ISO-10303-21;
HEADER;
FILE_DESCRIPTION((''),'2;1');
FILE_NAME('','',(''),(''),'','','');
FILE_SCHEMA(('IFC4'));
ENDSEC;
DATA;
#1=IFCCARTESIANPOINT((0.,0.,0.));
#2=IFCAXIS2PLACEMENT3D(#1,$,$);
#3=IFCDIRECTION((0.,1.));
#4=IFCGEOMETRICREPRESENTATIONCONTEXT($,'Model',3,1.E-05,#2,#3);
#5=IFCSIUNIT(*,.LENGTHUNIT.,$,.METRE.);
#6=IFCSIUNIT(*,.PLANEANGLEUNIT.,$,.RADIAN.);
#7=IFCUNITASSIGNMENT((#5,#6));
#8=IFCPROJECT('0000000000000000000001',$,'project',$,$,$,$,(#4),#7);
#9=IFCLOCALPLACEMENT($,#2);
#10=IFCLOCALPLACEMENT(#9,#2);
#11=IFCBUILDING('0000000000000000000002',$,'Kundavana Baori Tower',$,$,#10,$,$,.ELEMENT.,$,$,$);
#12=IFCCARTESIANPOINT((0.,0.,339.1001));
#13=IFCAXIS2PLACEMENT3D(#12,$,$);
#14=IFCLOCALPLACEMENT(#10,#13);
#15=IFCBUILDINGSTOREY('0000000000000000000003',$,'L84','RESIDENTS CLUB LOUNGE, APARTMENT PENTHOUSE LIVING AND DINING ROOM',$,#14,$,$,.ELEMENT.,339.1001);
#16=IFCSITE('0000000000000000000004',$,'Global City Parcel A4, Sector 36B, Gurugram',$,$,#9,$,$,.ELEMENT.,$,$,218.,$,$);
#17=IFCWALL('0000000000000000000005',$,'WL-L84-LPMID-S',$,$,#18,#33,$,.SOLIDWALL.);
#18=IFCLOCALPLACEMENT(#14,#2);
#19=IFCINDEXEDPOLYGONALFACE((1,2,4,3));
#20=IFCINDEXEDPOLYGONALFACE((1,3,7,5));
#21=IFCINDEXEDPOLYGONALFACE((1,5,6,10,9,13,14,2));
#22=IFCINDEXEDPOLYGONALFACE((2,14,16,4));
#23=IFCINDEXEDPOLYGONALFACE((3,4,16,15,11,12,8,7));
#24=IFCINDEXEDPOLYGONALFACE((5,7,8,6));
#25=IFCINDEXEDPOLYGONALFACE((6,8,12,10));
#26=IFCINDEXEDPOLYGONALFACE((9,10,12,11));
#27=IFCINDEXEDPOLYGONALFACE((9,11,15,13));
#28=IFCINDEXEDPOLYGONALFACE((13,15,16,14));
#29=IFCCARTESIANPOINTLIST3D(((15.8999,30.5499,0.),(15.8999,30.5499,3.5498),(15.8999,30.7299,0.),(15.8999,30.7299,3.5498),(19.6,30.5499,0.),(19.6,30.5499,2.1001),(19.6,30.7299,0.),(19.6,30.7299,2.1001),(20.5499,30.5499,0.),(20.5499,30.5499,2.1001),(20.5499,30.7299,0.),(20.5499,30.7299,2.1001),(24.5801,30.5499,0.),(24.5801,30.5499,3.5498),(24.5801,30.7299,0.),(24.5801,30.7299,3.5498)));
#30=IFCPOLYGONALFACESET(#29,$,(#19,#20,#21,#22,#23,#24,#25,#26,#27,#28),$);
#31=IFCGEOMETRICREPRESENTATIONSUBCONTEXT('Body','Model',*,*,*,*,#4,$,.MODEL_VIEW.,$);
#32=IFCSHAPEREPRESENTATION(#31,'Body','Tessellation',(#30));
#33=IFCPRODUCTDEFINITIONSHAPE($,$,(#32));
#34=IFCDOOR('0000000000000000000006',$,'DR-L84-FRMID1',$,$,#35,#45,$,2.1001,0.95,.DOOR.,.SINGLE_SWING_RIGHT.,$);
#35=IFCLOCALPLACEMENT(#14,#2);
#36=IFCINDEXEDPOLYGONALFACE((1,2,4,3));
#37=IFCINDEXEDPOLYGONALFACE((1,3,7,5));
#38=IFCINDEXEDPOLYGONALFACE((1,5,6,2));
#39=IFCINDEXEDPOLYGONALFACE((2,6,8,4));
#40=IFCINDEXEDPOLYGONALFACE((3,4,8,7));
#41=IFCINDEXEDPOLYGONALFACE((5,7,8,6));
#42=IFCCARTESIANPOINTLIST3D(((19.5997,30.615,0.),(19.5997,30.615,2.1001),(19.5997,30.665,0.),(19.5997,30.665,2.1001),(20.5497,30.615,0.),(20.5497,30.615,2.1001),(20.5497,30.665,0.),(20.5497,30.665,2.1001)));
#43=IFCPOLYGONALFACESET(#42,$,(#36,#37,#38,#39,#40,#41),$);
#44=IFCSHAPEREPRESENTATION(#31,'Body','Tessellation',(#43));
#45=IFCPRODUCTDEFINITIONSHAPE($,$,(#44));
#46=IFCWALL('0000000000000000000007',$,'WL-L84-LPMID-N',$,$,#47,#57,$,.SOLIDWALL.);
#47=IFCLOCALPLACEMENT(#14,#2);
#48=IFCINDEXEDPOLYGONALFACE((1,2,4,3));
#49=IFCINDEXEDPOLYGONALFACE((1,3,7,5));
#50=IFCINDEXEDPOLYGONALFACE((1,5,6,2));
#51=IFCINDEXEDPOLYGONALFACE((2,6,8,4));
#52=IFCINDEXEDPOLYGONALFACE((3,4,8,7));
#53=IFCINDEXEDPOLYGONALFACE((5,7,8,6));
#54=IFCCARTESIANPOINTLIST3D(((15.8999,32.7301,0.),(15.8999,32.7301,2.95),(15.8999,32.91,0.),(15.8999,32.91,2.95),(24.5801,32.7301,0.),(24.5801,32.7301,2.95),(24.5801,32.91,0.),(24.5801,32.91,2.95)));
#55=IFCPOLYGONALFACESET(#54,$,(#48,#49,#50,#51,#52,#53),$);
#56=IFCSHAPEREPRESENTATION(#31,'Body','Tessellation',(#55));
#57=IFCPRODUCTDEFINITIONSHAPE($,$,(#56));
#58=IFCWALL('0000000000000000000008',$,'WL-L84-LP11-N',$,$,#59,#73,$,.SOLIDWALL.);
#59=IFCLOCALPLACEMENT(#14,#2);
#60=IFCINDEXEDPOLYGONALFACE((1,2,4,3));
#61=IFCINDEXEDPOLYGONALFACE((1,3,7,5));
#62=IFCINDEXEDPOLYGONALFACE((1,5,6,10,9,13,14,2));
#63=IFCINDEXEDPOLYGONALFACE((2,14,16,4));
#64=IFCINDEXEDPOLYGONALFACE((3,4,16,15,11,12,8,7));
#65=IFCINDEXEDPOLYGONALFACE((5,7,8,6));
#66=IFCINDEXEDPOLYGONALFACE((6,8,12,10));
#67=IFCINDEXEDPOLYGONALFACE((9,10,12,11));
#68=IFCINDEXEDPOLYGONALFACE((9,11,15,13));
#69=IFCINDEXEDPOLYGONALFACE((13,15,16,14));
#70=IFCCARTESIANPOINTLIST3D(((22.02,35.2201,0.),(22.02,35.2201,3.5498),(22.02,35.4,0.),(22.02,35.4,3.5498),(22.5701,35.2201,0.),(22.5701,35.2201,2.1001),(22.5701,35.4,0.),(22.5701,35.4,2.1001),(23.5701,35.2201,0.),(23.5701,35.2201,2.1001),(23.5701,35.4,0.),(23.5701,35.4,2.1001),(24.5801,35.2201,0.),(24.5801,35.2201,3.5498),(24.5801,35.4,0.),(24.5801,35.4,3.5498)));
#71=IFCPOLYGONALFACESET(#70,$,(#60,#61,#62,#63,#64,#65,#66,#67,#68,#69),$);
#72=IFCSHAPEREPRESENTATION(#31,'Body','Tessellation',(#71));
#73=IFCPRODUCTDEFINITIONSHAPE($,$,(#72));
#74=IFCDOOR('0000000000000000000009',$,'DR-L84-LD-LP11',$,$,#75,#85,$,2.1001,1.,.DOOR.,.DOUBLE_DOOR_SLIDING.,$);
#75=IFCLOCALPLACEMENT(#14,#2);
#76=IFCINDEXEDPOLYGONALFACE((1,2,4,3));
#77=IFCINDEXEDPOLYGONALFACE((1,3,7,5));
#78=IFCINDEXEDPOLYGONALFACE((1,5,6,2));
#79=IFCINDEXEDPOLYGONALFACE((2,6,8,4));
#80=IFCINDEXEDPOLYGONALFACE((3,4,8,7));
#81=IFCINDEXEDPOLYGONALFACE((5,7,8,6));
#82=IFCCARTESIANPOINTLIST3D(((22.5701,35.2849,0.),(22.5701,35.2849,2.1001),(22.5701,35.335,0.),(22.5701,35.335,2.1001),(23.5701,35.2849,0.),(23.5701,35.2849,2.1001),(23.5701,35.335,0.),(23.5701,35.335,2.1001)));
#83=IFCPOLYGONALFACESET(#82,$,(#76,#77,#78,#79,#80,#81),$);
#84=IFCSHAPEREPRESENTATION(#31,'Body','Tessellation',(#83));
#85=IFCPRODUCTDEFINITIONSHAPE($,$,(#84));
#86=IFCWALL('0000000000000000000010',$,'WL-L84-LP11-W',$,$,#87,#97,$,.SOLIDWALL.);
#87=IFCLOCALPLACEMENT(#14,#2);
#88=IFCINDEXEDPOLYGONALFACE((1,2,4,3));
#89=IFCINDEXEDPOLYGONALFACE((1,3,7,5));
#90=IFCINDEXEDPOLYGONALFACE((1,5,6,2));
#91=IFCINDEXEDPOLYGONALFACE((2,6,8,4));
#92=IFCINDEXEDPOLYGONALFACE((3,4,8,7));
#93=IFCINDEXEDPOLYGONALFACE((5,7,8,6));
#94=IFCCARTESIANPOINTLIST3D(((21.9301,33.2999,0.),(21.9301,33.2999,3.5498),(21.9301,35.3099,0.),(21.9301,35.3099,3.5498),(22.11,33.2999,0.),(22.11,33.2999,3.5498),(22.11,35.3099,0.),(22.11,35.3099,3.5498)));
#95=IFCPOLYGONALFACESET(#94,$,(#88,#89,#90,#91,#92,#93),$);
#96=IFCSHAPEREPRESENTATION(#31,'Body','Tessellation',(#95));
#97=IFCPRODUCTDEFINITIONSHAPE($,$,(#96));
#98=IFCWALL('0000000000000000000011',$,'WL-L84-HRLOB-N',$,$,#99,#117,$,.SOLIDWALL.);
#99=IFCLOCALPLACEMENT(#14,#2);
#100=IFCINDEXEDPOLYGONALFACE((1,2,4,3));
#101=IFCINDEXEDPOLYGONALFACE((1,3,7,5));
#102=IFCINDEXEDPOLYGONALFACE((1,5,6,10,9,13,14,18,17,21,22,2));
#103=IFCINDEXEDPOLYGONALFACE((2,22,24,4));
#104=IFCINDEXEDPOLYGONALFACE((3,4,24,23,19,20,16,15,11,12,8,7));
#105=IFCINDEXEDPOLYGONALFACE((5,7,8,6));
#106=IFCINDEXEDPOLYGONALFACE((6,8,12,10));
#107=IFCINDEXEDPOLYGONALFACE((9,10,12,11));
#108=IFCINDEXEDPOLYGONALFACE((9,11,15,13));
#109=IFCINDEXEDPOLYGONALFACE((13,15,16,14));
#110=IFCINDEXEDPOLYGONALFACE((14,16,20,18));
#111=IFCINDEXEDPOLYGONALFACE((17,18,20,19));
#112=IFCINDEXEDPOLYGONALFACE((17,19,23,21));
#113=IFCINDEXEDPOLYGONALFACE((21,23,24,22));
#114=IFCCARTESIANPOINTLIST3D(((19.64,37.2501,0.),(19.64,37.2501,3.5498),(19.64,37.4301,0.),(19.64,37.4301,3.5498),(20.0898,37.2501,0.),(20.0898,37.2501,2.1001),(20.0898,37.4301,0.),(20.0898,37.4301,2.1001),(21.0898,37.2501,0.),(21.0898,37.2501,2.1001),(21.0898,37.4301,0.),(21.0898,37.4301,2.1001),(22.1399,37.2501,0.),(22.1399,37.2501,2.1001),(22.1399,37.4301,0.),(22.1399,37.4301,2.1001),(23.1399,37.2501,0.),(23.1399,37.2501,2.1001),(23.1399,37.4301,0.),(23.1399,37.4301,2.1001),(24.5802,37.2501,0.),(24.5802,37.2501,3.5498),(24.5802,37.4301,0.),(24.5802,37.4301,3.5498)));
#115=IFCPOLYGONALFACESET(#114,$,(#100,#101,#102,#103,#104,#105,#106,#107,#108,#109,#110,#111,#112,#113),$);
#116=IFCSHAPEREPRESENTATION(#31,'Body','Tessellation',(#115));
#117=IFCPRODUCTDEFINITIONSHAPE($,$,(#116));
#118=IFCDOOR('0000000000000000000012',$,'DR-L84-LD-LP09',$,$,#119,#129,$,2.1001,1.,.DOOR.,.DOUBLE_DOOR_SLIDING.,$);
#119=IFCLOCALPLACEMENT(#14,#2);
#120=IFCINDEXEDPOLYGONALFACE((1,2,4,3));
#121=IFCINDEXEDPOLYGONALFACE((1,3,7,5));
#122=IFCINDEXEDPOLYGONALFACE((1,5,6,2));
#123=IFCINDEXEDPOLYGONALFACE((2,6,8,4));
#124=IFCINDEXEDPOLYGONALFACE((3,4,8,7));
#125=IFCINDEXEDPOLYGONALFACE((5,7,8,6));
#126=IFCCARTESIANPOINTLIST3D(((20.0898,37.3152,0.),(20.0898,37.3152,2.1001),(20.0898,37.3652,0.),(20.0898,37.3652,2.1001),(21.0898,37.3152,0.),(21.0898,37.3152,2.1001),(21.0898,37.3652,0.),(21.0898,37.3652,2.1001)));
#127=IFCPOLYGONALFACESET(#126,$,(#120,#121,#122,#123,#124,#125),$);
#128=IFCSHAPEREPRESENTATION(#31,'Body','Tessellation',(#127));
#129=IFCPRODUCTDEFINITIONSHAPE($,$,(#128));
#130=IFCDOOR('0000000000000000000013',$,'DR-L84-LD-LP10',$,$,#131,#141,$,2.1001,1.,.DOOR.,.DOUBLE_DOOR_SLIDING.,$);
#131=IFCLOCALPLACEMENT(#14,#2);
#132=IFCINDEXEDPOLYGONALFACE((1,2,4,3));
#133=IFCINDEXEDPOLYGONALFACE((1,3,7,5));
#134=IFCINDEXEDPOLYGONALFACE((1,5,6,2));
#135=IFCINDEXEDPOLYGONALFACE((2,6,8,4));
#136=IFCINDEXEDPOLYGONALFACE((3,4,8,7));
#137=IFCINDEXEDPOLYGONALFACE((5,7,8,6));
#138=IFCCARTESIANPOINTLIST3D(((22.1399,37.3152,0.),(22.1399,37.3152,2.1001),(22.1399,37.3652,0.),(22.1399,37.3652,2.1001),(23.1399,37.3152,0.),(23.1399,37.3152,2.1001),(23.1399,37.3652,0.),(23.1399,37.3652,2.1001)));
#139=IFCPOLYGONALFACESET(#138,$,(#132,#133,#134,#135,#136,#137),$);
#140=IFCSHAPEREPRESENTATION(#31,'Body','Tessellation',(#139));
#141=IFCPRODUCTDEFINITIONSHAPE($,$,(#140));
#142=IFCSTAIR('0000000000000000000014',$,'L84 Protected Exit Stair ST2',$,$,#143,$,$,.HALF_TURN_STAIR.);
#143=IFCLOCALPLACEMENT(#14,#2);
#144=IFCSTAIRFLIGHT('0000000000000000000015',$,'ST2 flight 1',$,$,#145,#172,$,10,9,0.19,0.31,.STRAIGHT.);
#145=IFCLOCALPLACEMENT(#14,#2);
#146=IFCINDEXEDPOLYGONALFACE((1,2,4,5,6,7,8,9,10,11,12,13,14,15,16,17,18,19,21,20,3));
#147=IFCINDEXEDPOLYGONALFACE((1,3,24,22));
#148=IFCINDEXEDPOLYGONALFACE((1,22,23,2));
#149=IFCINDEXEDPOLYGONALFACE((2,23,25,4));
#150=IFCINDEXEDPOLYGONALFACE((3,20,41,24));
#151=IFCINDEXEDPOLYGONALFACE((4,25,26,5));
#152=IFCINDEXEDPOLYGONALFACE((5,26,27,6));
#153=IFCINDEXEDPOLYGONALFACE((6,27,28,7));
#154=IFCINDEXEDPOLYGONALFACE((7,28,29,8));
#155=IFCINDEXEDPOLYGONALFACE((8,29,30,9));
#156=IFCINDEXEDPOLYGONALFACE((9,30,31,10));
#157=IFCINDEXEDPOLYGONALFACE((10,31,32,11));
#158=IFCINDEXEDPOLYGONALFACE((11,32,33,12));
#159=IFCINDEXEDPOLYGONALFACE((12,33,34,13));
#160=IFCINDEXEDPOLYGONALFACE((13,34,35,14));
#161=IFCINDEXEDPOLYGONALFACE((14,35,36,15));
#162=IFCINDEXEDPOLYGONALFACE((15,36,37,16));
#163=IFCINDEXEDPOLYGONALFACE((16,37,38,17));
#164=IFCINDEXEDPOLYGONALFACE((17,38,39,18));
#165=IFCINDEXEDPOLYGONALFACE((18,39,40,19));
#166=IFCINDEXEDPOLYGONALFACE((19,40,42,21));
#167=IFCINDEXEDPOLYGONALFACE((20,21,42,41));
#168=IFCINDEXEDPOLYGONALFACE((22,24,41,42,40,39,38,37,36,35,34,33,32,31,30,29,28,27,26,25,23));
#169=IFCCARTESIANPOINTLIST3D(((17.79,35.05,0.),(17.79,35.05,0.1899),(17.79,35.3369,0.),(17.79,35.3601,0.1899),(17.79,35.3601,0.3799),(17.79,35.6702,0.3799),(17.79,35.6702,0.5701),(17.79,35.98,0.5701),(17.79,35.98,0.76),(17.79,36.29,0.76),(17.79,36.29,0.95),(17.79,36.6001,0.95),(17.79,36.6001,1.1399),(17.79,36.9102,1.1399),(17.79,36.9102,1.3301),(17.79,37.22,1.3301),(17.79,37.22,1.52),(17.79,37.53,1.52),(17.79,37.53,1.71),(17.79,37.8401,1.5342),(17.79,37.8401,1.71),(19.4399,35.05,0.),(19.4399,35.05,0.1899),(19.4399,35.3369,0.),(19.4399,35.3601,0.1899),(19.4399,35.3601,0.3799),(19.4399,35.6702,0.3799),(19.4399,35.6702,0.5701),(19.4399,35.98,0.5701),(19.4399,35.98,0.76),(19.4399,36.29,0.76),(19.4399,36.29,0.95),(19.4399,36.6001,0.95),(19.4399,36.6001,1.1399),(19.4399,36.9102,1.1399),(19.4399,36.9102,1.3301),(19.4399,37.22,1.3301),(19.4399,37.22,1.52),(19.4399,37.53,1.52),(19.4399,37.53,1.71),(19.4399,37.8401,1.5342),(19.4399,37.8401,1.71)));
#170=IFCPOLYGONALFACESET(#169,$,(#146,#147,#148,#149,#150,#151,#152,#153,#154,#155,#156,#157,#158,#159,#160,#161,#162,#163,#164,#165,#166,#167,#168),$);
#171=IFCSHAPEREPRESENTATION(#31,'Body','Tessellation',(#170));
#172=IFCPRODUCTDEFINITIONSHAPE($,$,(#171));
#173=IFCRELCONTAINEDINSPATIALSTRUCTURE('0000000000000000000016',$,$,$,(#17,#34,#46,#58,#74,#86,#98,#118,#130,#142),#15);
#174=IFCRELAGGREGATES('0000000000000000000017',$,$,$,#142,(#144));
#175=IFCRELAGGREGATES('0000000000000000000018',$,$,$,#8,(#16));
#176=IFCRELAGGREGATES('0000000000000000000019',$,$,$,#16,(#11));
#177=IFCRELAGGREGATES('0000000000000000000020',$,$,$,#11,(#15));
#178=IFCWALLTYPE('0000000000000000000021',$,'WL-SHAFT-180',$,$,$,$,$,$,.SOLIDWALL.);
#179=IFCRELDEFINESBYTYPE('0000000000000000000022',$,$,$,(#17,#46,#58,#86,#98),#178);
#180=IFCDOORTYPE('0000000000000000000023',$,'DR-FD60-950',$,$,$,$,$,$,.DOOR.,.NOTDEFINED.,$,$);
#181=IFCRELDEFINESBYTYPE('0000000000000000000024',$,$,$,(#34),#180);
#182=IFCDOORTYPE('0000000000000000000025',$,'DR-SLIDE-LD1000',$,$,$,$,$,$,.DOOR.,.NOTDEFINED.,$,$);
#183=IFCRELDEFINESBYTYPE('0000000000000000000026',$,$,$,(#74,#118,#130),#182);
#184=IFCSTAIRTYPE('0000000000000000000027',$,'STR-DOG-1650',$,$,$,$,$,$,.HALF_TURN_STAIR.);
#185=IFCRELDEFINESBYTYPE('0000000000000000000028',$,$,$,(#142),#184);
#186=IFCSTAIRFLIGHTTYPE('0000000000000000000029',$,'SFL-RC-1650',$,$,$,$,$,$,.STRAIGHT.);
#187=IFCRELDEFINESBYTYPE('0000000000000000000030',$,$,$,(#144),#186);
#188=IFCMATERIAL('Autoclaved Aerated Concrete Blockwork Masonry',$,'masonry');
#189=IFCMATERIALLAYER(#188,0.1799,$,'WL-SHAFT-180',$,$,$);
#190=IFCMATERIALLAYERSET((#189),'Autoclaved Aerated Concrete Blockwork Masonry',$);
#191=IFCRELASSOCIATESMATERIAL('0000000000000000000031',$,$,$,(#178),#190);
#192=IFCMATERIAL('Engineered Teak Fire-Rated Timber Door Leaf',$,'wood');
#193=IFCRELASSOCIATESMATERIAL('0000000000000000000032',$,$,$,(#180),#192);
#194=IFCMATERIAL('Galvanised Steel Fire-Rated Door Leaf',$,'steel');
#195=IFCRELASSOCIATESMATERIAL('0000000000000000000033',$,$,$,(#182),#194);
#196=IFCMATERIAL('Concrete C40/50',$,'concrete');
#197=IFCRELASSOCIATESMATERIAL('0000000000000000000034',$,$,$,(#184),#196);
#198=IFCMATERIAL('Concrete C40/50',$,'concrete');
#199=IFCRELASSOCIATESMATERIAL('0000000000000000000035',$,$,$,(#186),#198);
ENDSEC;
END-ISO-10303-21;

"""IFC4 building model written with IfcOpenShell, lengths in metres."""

from ifc_helpers import new_model, si_unit, direction, frame, frame_2d, origin, place, context, subcontext, project, spatial, polyline, rectangle, outline, extrude, material, layer, layer_set, type_object, element, fill, aggregate, save


model = new_model("IFC4")

# Units and contexts
model_context = context("Model", 3, precision=1e-05, world=origin(), true_north=direction((0.0, 1.0)))
body_context = subcontext(model_context, "Body", "Model", "MODEL_VIEW")
ifc_project = project(units=[si_unit("LENGTHUNIT", "METRE"), si_unit("PLANEANGLEUNIT", "RADIAN")], contexts=[model_context])

# Site, building, storey
site_placement = place(None, origin())
site = spatial("IfcSite", under=ifc_project, at=site_placement, Name="Global City Parcel A4, Sector 36B, Gurugram", CompositionType="ELEMENT", RefElevation=218.0)
building_placement = place(site_placement, origin())
building = spatial("IfcBuilding", under=site, at=building_placement, Name="Kundavana Baori Tower", CompositionType="ELEMENT")
storey_placement = place(building_placement, frame((0.0, 0.0, 339.1001)))
storey = spatial("IfcBuildingStorey", under=building, at=storey_placement, Name="L84", Description="RESIDENTS CLUB LOUNGE, APARTMENT PENTHOUSE LIVING AND DINING ROOM", CompositionType="ELEMENT", Elevation=339.1001)

# Wall, opening, door
ifc_material_1 = material(Name="Autoclaved Aerated Concrete Blockwork Masonry", Category="masonry")
ifc_layer_1 = layer(ifc_material_1, 0.1799, Name="WL-SHAFT-180")
ifc_layer_set_1 = layer_set([ifc_layer_1], Name="Autoclaved Aerated Concrete Blockwork Masonry")
wall_type_1 = type_object("IfcWallType", Name="WL-SHAFT-180", PredefinedType="SOLIDWALL", material=ifc_layer_set_1)
ifc_material_2 = material(Name="Engineered Teak Fire-Rated Timber Door Leaf", Category="wood")
door_type_1 = type_object("IfcDoorType", Name="DR-FD60-950", OperationType="NOTDEFINED", PredefinedType="DOOR", material=ifc_material_2)
wall_1_placement = place(storey_placement, frame((15.8999, 30.6399, 0.0), z_axis=(0.0, 0.0, 1.0), x_axis=(1.0, 0.0, 0.0)))
wall_1 = element("IfcWall", 1, at=wall_1_placement, inside=storey, type_object=wall_type_1, Name="WL-L84-LPMID-S", PredefinedType="SOLIDWALL", context=body_context, shape_type="SweptSolid", body=[
    extrude(rectangle(XDim=8.6802, YDim=0.1799, at=frame_2d((4.3401, 0.0))), origin(), (0.0, 0.0, 1.0), 3.5498),
])
opening_1_placement = place(wall_1_placement, frame((3.7, 0.0, 0.0)))
opening_1 = element("IfcOpeningElement", 2, at=opening_1_placement, cuts=wall_1, PredefinedType="OPENING", context=body_context, shape_type="SweptSolid", body=[
    extrude(rectangle(XDim=0.95, YDim=2.1001, at=frame_2d((0.4751, 1.05))), frame((0.0, 0.1001, 0.0), z_axis=(0.0, -1.0, 0.0), x_axis=(1.0, 0.0, 0.0)), (0.0, 0.0, 1.0), 0.2),
])
door_1_placement = place(opening_1_placement, frame((0.95, 0.0, 0.0), z_axis=(0.0, 0.0, 1.0), x_axis=(-1.0, 0.0, 0.0)))
door_1 = element("IfcDoor", 3, at=door_1_placement, inside=storey, type_object=door_type_1, Name="DR-L84-FRMID1", OperationType="SINGLE_SWING_RIGHT", OverallHeight=2.1001, OverallWidth=0.95, PredefinedType="DOOR", context=body_context, shape_type="SweptSolid", body=[
    extrude(rectangle(XDim=0.95, YDim=2.1001, at=frame_2d((0.4751, 1.05))), frame((0.0, 0.0249, 0.0), z_axis=(0.0, -1.0, 0.0), x_axis=(1.0, 0.0, 0.0)), (0.0, 0.0, 1.0), 0.05),
])
fill(opening_1, door_1)

# Wall
wall_2_placement = place(storey_placement, frame((15.8999, 32.8201, 0.0), z_axis=(0.0, 0.0, 1.0), x_axis=(1.0, 0.0, 0.0)))
element("IfcWall", 4, at=wall_2_placement, inside=storey, type_object=wall_type_1, Name="WL-L84-LPMID-N", PredefinedType="SOLIDWALL", context=body_context, shape_type="SweptSolid", body=[
    extrude(rectangle(XDim=8.6802, YDim=0.1799, at=frame_2d((4.3401, 0.0))), origin(), (0.0, 0.0, 1.0), 2.95),
])

# Wall, opening, door
wall_3_placement = place(storey_placement, frame((22.02, 35.3101, 0.0), z_axis=(0.0, 0.0, 1.0), x_axis=(1.0, 0.0, 0.0)))
wall_3 = element("IfcWall", 5, at=wall_3_placement, inside=storey, type_object=wall_type_1, Name="WL-L84-LP11-N", PredefinedType="SOLIDWALL", context=body_context, shape_type="SweptSolid", body=[
    extrude(rectangle(XDim=2.5601, YDim=0.1799, at=frame_2d((1.28, 0.0))), origin(), (0.0, 0.0, 1.0), 3.5498),
])
opening_2_placement = place(wall_3_placement, frame((0.55, 0.0, 0.0)))
opening_2 = element("IfcOpeningElement", 6, at=opening_2_placement, cuts=wall_3, PredefinedType="OPENING", context=body_context, shape_type="SweptSolid", body=[
    extrude(rectangle(XDim=1.0, YDim=2.1001, at=frame_2d((0.5, 1.05))), frame((0.0, 0.1001, 0.0), z_axis=(0.0, -1.0, 0.0), x_axis=(1.0, 0.0, 0.0)), (0.0, 0.0, 1.0), 0.2),
])
ifc_material_3 = material(Name="Galvanised Steel Fire-Rated Door Leaf", Category="steel")
door_type_2 = type_object("IfcDoorType", Name="DR-SLIDE-LD1000", OperationType="NOTDEFINED", PredefinedType="DOOR", material=ifc_material_3)
door_2_placement = place(opening_2_placement, origin())
door_2 = element("IfcDoor", 7, at=door_2_placement, inside=storey, type_object=door_type_2, Name="DR-L84-LD-LP11", OperationType="DOUBLE_DOOR_SLIDING", OverallHeight=2.1001, OverallWidth=1.0, PredefinedType="DOOR", context=body_context, shape_type="SweptSolid", body=[
    extrude(rectangle(XDim=1.0, YDim=2.1001, at=frame_2d((0.5, 1.05))), frame((0.0, 0.0249, 0.0), z_axis=(0.0, -1.0, 0.0), x_axis=(1.0, 0.0, 0.0)), (0.0, 0.0, 1.0), 0.05),
])
fill(opening_2, door_2)

# Wall
wall_4_placement = place(storey_placement, frame((22.02, 33.3, 0.0), z_axis=(0.0, 0.0, 1.0), x_axis=(0.0, 1.0, 0.0)))
element("IfcWall", 8, at=wall_4_placement, inside=storey, type_object=wall_type_1, Name="WL-L84-LP11-W", PredefinedType="SOLIDWALL", context=body_context, shape_type="SweptSolid", body=[
    extrude(rectangle(XDim=2.01, YDim=0.1799, at=frame_2d((1.0049, 0.0))), origin(), (0.0, 0.0, 1.0), 3.5498),
])

# Wall, openings, doors
wall_5_placement = place(storey_placement, frame((19.6399, 37.3401, 0.0), z_axis=(0.0, 0.0, 1.0), x_axis=(1.0, 0.0, 0.0)))
wall_5 = element("IfcWall", 9, at=wall_5_placement, inside=storey, type_object=wall_type_1, Name="WL-L84-HRLOB-N", PredefinedType="SOLIDWALL", context=body_context, shape_type="SweptSolid", body=[
    extrude(rectangle(XDim=4.9402, YDim=0.1799, at=frame_2d((2.4702, 0.0))), origin(), (0.0, 0.0, 1.0), 3.5498),
])
opening_3_placement = place(wall_5_placement, frame((0.45, 0.0, 0.0)))
opening_3 = element("IfcOpeningElement", 10, at=opening_3_placement, cuts=wall_5, PredefinedType="OPENING", context=body_context, shape_type="SweptSolid", body=[
    extrude(rectangle(XDim=1.0, YDim=2.1001, at=frame_2d((0.5, 1.05))), frame((0.0, 0.1001, 0.0), z_axis=(0.0, -1.0, 0.0), x_axis=(1.0, 0.0, 0.0)), (0.0, 0.0, 1.0), 0.2),
])
opening_4_placement = place(wall_5_placement, frame((2.5, 0.0, 0.0)))
opening_4 = element("IfcOpeningElement", 11, at=opening_4_placement, cuts=wall_5, PredefinedType="OPENING", context=body_context, shape_type="SweptSolid", body=[
    extrude(rectangle(XDim=1.0, YDim=2.1001, at=frame_2d((0.5, 1.05))), frame((0.0, 0.1001, 0.0), z_axis=(0.0, -1.0, 0.0), x_axis=(1.0, 0.0, 0.0)), (0.0, 0.0, 1.0), 0.2),
])
door_3_placement = place(opening_3_placement, frame((1.0, 0.0, 0.0), z_axis=(0.0, 0.0, 1.0), x_axis=(-1.0, 0.0, 0.0)))
door_3 = element("IfcDoor", 12, at=door_3_placement, inside=storey, type_object=door_type_2, Name="DR-L84-LD-LP09", OperationType="DOUBLE_DOOR_SLIDING", OverallHeight=2.1001, OverallWidth=1.0, PredefinedType="DOOR", context=body_context, shape_type="SweptSolid", body=[
    extrude(rectangle(XDim=1.0, YDim=2.1001, at=frame_2d((0.5, 1.05))), frame((0.0, 0.0249, 0.0), z_axis=(0.0, -1.0, 0.0), x_axis=(1.0, 0.0, 0.0)), (0.0, 0.0, 1.0), 0.05),
])
fill(opening_3, door_3)
door_4_placement = place(opening_4_placement, frame((1.0, 0.0, 0.0), z_axis=(0.0, 0.0, 1.0), x_axis=(-1.0, 0.0, 0.0)))
door_4 = element("IfcDoor", 13, at=door_4_placement, inside=storey, type_object=door_type_2, Name="DR-L84-LD-LP10", OperationType="DOUBLE_DOOR_SLIDING", OverallHeight=2.1001, OverallWidth=1.0, PredefinedType="DOOR", context=body_context, shape_type="SweptSolid", body=[
    extrude(rectangle(XDim=1.0, YDim=2.1001, at=frame_2d((0.5, 1.05))), frame((0.0, 0.0249, 0.0), z_axis=(0.0, -1.0, 0.0), x_axis=(1.0, 0.0, 0.0)), (0.0, 0.0, 1.0), 0.05),
])
fill(opening_4, door_4)

# Stair, stair flight
ifc_material_4 = material(Name="Concrete C40/50", Category="concrete")
stair_type = type_object("IfcStairType", Name="STR-DOG-1650", PredefinedType="HALF_TURN_STAIR", material=ifc_material_4)
stair_placement = place(storey_placement, origin())
stair = element("IfcStair", 14, at=stair_placement, inside=storey, type_object=stair_type, Name="L84 Protected Exit Stair ST2", PredefinedType="HALF_TURN_STAIR")
ifc_material_5 = material(Name="Concrete C40/50", Category="concrete")
stair_flight_type = type_object("IfcStairFlightType", Name="SFL-RC-1650", PredefinedType="STRAIGHT", material=ifc_material_5)
stair_flight_placement = place(storey_placement, frame((18.615, 35.05, 0.0), z_axis=(0.0, 0.0, 1.0), x_axis=(0.0, 1.0, 0.0)))
stair_flight = element("IfcStairFlight", 15, at=stair_flight_placement, type_object=stair_flight_type, Name="ST2 flight 1", NumberOfRisers=10, NumberOfTreads=9, PredefinedType="STRAIGHT", RiserHeight=0.19, TreadLength=0.31, context=body_context, shape_type="SweptSolid", body=[
    extrude(outline(polyline([(0.0, 0.0), (0.0, 0.1899), (0.3101, 0.1899), (0.3101, 0.3799), (0.6201, 0.3799), (0.6201, 0.5701), (0.9299, 0.5701), (0.9299, 0.76), (1.24, 0.76), (1.24, 0.95), (1.55, 0.95), (1.55, 1.1399), (1.8601, 1.1399), (1.8601, 1.3301), (2.1699, 1.3301), (2.1699, 1.52), (2.48, 1.52), (2.48, 1.71), (2.79, 1.71), (2.79, 1.8999), (2.79, 1.5342), (0.2869, 0.0), (0.0, 0.0)])), frame((0.0, 0.825, 0.0), z_axis=(0.0, -1.0, 0.0), x_axis=(1.0, 0.0, 0.0)), (0.0, 0.0, 1.0), 1.6499),
])
aggregate(stair, [stair_flight])

save(model, "model.ifc")
